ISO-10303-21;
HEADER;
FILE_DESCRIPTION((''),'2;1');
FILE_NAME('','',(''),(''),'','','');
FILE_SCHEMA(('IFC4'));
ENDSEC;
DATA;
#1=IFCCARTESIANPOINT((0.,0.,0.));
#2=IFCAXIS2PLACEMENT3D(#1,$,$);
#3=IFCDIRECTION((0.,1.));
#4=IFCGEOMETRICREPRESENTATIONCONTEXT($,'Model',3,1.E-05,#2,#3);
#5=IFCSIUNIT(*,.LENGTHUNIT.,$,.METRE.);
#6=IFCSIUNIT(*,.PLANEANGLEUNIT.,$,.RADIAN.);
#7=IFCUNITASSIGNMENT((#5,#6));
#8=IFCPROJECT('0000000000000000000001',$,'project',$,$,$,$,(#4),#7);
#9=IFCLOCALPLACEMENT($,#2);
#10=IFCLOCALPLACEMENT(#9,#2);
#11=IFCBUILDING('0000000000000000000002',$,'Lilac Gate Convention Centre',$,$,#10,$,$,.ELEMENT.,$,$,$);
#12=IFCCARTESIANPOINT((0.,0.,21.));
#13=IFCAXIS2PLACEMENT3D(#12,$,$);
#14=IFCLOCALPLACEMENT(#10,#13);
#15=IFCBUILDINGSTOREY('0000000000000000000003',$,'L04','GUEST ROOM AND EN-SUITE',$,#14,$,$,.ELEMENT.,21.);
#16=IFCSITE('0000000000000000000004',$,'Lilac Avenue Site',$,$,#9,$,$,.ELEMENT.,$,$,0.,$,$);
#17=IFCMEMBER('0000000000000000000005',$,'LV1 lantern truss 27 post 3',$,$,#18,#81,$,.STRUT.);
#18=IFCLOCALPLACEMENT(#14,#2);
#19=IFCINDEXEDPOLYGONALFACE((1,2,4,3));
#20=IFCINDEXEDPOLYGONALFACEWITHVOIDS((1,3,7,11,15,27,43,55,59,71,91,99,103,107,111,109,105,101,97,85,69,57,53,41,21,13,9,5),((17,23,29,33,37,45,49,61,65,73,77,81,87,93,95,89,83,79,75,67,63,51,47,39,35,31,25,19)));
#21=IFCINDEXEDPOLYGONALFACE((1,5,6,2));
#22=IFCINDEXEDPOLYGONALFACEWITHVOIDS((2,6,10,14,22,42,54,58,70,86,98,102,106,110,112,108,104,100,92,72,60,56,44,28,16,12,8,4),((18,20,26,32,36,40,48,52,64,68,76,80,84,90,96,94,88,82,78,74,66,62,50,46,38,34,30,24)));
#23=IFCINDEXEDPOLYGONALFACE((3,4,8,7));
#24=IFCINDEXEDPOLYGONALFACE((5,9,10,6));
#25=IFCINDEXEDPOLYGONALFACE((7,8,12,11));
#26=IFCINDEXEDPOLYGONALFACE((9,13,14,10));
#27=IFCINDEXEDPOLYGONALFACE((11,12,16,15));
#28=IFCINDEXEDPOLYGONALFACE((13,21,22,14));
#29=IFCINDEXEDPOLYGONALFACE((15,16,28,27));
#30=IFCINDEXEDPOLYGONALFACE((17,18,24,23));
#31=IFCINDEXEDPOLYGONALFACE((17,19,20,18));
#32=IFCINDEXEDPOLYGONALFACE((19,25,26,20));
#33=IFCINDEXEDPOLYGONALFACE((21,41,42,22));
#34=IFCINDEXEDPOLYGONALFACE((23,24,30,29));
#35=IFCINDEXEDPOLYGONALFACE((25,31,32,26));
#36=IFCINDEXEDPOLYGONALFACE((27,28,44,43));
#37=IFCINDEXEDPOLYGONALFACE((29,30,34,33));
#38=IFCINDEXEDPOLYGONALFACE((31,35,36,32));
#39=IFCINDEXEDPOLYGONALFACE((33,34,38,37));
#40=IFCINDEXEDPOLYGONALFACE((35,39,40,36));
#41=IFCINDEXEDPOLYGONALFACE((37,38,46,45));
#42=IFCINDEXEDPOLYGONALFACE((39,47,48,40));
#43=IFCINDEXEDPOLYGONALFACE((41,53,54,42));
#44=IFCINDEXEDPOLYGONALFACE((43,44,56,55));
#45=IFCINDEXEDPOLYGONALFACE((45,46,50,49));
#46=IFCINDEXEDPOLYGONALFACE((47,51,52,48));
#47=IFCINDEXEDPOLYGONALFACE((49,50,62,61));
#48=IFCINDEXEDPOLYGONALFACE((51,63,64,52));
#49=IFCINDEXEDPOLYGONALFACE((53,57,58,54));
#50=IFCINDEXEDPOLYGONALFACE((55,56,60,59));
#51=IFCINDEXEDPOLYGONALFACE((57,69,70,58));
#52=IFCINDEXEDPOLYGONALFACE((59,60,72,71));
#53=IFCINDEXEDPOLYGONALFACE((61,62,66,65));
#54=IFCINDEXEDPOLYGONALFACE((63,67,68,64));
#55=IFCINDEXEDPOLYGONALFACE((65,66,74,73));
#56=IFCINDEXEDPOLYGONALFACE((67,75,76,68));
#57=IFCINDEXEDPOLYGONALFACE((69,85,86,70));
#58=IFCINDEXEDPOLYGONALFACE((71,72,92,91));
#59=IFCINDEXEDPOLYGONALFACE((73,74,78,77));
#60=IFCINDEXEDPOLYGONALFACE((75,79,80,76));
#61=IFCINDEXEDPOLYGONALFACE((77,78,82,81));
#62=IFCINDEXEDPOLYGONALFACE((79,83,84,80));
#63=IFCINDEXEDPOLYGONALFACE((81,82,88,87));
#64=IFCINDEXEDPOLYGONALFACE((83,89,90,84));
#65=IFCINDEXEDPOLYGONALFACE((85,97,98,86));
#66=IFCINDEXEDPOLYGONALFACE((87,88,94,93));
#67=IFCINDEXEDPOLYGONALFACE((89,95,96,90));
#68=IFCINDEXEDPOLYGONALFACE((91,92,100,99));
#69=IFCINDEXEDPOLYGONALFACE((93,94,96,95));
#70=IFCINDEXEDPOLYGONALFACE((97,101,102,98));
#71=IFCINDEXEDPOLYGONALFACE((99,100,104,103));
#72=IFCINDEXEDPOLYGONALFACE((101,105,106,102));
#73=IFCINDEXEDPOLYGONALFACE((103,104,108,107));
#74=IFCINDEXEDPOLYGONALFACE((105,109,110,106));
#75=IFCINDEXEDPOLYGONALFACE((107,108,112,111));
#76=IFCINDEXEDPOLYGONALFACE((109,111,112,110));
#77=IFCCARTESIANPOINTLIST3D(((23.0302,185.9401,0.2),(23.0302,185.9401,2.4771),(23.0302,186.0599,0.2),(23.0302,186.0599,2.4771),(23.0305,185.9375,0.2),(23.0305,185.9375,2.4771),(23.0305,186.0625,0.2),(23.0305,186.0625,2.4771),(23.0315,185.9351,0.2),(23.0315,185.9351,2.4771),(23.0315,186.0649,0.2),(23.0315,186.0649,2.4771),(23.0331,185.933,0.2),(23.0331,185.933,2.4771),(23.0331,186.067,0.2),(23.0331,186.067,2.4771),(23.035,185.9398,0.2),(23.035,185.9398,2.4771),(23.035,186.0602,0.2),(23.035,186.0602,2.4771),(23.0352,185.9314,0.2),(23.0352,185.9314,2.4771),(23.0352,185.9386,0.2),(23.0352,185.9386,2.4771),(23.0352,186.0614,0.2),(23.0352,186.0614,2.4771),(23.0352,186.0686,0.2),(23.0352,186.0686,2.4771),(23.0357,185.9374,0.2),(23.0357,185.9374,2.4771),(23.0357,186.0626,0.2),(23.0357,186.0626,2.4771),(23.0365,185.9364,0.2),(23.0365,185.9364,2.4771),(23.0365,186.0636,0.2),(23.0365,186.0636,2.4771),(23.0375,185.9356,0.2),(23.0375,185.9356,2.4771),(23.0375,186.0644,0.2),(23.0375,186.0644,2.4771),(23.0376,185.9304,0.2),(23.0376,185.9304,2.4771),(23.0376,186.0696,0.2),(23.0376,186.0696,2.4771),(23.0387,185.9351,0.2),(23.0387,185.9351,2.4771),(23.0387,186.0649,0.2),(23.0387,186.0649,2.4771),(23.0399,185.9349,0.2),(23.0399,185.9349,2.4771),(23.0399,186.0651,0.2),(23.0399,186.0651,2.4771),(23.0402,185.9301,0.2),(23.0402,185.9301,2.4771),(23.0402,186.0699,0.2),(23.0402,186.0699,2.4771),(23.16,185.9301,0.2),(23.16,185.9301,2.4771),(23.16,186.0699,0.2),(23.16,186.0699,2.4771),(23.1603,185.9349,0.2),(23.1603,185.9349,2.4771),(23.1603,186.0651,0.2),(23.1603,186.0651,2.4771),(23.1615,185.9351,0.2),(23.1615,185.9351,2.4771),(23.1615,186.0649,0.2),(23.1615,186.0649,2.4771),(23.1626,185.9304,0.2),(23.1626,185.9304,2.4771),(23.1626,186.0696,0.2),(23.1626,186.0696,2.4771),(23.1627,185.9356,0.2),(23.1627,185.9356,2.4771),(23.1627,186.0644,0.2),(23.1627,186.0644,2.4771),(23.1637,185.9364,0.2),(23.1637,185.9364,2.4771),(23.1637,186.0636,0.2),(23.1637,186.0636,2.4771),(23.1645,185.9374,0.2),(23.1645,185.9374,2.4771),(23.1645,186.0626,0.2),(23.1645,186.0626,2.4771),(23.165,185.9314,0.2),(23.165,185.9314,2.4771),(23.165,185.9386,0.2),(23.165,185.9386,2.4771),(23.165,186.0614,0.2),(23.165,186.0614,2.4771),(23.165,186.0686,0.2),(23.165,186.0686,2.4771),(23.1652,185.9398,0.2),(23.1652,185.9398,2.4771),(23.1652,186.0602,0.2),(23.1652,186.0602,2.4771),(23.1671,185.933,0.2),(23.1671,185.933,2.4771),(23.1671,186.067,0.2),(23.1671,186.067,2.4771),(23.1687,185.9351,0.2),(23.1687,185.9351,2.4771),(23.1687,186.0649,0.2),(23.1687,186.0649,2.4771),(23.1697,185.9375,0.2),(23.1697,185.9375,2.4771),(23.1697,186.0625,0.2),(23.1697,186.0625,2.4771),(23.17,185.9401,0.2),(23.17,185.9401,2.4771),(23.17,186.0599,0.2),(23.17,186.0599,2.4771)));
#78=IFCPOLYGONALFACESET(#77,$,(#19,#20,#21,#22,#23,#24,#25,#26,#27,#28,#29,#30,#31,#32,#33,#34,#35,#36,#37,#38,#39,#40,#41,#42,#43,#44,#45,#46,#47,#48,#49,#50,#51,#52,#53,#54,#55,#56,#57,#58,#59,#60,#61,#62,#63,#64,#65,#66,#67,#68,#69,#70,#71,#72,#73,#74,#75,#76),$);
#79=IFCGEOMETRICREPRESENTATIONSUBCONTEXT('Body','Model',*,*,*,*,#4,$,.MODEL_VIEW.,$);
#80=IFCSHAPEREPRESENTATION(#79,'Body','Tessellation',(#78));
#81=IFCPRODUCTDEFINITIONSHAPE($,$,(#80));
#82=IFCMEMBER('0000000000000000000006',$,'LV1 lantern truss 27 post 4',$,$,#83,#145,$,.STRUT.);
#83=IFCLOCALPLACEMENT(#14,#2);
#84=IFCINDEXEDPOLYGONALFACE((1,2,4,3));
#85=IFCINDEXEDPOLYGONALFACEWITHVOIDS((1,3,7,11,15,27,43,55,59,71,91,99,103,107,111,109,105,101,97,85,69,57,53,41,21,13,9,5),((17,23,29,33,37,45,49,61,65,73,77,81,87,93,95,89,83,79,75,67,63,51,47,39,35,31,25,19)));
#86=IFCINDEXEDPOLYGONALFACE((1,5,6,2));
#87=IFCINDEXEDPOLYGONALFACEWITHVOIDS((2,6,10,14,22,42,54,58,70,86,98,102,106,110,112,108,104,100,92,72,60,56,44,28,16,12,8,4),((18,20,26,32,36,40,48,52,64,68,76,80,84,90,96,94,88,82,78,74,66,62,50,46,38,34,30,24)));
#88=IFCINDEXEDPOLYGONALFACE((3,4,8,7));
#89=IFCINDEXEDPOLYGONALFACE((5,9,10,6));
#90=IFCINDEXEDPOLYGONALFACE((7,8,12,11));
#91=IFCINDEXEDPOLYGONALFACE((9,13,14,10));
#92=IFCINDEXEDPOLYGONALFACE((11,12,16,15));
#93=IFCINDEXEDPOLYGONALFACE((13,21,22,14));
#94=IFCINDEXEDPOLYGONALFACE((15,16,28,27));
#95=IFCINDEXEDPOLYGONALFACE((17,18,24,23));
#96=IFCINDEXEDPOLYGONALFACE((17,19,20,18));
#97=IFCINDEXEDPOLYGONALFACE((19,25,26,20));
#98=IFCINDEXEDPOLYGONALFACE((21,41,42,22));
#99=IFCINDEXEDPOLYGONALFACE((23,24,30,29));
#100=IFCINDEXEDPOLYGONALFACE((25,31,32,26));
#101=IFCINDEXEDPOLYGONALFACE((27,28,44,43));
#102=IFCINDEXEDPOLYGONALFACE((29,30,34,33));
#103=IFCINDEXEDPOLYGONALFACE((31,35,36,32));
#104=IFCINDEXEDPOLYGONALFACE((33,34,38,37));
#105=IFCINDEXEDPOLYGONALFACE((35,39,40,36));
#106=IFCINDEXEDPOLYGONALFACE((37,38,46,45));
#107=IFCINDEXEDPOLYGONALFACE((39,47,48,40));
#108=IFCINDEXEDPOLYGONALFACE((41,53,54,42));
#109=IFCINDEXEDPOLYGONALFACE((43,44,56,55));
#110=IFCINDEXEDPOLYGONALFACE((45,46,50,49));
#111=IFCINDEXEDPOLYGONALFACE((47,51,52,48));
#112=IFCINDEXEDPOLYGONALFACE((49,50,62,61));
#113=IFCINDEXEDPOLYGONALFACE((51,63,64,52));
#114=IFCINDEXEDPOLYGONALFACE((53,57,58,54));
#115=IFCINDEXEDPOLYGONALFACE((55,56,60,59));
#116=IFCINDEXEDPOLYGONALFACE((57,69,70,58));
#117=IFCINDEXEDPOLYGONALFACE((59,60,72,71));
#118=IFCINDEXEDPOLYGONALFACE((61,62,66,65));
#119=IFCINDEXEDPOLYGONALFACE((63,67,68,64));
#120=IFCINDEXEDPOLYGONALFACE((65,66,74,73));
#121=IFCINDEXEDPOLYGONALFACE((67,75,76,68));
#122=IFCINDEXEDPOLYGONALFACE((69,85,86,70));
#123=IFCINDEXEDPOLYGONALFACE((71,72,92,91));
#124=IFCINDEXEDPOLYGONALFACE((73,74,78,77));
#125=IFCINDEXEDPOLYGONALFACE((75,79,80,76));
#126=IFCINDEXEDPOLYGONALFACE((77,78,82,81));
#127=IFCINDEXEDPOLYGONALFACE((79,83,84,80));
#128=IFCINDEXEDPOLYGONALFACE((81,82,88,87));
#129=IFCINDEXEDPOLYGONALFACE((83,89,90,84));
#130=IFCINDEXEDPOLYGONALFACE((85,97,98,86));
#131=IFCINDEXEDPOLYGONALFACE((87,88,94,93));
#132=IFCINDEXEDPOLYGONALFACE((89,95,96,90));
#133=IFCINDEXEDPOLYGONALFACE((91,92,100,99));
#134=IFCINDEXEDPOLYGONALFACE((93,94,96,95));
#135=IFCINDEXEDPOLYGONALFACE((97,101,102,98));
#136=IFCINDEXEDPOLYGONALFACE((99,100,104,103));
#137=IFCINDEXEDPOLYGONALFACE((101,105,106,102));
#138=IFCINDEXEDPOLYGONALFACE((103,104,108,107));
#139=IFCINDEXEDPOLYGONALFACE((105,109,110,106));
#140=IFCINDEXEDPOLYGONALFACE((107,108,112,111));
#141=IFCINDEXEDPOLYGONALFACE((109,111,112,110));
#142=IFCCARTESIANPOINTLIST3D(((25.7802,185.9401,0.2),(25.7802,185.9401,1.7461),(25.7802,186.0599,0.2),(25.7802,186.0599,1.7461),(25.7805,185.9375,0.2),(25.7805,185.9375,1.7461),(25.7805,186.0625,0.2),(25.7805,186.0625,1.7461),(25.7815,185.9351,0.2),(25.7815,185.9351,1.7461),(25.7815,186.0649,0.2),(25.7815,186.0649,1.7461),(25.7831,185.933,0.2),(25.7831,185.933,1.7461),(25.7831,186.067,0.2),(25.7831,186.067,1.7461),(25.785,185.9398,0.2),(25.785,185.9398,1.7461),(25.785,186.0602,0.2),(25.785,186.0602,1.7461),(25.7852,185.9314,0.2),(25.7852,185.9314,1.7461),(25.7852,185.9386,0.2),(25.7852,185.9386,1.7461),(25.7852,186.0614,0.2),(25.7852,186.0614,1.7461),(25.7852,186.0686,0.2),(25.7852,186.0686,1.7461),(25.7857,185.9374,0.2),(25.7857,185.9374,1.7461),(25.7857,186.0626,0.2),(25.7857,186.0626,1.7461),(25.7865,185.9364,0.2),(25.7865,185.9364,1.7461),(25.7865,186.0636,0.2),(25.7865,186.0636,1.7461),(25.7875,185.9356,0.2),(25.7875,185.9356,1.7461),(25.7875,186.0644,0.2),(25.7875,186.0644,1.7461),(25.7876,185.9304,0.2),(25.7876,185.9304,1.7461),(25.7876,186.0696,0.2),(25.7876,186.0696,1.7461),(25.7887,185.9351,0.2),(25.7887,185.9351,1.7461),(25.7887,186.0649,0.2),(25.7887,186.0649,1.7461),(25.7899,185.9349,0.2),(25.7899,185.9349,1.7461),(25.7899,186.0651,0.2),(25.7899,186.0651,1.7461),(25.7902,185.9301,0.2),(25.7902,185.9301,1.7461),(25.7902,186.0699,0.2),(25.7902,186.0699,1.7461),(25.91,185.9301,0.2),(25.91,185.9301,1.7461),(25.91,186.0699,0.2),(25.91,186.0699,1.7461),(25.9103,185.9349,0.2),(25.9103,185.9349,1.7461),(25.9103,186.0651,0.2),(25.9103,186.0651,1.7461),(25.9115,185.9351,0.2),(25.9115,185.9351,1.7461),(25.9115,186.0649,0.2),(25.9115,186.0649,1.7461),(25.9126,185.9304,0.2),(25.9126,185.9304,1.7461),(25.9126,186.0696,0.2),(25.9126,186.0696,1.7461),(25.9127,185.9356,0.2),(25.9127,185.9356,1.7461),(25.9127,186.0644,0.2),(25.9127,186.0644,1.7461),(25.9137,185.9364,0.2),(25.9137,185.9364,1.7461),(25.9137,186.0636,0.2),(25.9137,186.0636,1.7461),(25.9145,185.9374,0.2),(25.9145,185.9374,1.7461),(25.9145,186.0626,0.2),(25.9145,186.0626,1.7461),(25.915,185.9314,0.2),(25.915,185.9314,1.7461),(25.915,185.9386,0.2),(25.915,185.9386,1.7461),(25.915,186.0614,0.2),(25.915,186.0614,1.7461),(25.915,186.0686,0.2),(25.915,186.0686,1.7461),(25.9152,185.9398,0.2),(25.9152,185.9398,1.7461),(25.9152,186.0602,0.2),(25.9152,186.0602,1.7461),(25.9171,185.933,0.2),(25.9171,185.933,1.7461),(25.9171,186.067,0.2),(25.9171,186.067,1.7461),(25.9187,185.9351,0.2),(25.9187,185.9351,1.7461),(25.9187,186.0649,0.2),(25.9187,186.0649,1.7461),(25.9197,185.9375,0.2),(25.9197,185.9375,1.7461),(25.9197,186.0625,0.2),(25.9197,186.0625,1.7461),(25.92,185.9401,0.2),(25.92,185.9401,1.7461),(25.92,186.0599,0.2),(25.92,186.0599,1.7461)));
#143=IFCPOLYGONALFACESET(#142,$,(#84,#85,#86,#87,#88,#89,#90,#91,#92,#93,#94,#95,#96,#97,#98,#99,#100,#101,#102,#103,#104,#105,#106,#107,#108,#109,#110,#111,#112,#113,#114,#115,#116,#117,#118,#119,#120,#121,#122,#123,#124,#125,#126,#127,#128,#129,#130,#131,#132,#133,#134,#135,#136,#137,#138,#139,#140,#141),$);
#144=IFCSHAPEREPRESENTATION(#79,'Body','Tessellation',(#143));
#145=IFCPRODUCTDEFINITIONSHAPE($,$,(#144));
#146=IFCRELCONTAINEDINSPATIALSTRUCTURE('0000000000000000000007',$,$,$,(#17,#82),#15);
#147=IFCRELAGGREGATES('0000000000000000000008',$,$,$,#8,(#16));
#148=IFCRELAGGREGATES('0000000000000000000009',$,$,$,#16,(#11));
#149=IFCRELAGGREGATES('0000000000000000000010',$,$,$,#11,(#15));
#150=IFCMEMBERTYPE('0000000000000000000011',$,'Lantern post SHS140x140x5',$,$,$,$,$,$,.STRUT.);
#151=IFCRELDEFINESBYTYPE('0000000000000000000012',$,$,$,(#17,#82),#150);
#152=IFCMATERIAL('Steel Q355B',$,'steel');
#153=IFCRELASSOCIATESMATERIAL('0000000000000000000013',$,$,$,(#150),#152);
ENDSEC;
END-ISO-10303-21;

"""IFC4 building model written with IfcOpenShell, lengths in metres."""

from ifc_helpers import new_model, si_unit, direction, frame, origin, origin_2d, place, context, subcontext, project, spatial, hollow_rectangle, extrude, material, material_profile, profile_set, type_object, element, save


model = new_model("IFC4")

# Units and contexts
model_context = context("Model", 3, precision=1e-05, world=origin(), true_north=direction((0.0, 1.0)))
body_context = subcontext(model_context, "Body", "Model", "MODEL_VIEW")
ifc_project = project(units=[si_unit("LENGTHUNIT", "METRE"), si_unit("PLANEANGLEUNIT", "RADIAN")], contexts=[model_context])

# Site, building, storey
site_placement = place(None, origin())
site = spatial("IfcSite", under=ifc_project, at=site_placement, Name="Lilac Avenue Site", CompositionType="ELEMENT", RefElevation=0.0)
building_placement = place(site_placement, origin())
building = spatial("IfcBuilding", under=site, at=building_placement, Name="Lilac Gate Convention Centre", CompositionType="ELEMENT")
storey_placement = place(building_placement, frame((0.0, 0.0, 21.0)))
storey = spatial("IfcBuildingStorey", under=building, at=storey_placement, Name="L04", Description="GUEST ROOM AND EN-SUITE", CompositionType="ELEMENT", Elevation=21.0)

# Members
ifc_material_1 = material(Name="Steel Q355B", Category="steel")
ifc_material_profile_1 = material_profile(ifc_material_1, hollow_rectangle(XDim=0.1399, YDim=0.1399, WallThickness=0.0049, InnerFilletRadius=0.0049, OuterFilletRadius=0.01, at=origin_2d()), Name="SHS140x140x5")
ifc_profile_set_1 = profile_set([ifc_material_profile_1], Name="Steel Q355B")
member_type_1 = type_object("IfcMemberType", Name="Lantern post SHS140x140x5", PredefinedType="STRUT", material=ifc_profile_set_1)
member_1_placement = place(storey_placement, frame((23.1001, 186.0, 0.2), z_axis=(0.0, 0.0, 1.0), x_axis=(1.0, 0.0, 0.0)))
element("IfcMember", 1, at=member_1_placement, inside=storey, type_object=member_type_1, Name="LV1 lantern truss 27 post 3", PredefinedType="STRUT", context=body_context, shape_type="SweptSolid", body=[
    extrude(hollow_rectangle(XDim=0.1399, YDim=0.1399, WallThickness=0.0049, InnerFilletRadius=0.0049, OuterFilletRadius=0.01, at=origin_2d()), origin(), (0.0, 0.0, 1.0), 2.2771),
])
member_2_placement = place(storey_placement, frame((25.8501, 186.0, 0.2), z_axis=(0.0, 0.0, 1.0), x_axis=(1.0, 0.0, 0.0)))
element("IfcMember", 2, at=member_2_placement, inside=storey, type_object=member_type_1, Name="LV1 lantern truss 27 post 4", PredefinedType="STRUT", context=body_context, shape_type="SweptSolid", body=[
    extrude(hollow_rectangle(XDim=0.1399, YDim=0.1399, WallThickness=0.0049, InnerFilletRadius=0.0049, OuterFilletRadius=0.01, at=origin_2d()), origin(), (0.0, 0.0, 1.0), 1.5461),
])

save(model, "model.ifc")
